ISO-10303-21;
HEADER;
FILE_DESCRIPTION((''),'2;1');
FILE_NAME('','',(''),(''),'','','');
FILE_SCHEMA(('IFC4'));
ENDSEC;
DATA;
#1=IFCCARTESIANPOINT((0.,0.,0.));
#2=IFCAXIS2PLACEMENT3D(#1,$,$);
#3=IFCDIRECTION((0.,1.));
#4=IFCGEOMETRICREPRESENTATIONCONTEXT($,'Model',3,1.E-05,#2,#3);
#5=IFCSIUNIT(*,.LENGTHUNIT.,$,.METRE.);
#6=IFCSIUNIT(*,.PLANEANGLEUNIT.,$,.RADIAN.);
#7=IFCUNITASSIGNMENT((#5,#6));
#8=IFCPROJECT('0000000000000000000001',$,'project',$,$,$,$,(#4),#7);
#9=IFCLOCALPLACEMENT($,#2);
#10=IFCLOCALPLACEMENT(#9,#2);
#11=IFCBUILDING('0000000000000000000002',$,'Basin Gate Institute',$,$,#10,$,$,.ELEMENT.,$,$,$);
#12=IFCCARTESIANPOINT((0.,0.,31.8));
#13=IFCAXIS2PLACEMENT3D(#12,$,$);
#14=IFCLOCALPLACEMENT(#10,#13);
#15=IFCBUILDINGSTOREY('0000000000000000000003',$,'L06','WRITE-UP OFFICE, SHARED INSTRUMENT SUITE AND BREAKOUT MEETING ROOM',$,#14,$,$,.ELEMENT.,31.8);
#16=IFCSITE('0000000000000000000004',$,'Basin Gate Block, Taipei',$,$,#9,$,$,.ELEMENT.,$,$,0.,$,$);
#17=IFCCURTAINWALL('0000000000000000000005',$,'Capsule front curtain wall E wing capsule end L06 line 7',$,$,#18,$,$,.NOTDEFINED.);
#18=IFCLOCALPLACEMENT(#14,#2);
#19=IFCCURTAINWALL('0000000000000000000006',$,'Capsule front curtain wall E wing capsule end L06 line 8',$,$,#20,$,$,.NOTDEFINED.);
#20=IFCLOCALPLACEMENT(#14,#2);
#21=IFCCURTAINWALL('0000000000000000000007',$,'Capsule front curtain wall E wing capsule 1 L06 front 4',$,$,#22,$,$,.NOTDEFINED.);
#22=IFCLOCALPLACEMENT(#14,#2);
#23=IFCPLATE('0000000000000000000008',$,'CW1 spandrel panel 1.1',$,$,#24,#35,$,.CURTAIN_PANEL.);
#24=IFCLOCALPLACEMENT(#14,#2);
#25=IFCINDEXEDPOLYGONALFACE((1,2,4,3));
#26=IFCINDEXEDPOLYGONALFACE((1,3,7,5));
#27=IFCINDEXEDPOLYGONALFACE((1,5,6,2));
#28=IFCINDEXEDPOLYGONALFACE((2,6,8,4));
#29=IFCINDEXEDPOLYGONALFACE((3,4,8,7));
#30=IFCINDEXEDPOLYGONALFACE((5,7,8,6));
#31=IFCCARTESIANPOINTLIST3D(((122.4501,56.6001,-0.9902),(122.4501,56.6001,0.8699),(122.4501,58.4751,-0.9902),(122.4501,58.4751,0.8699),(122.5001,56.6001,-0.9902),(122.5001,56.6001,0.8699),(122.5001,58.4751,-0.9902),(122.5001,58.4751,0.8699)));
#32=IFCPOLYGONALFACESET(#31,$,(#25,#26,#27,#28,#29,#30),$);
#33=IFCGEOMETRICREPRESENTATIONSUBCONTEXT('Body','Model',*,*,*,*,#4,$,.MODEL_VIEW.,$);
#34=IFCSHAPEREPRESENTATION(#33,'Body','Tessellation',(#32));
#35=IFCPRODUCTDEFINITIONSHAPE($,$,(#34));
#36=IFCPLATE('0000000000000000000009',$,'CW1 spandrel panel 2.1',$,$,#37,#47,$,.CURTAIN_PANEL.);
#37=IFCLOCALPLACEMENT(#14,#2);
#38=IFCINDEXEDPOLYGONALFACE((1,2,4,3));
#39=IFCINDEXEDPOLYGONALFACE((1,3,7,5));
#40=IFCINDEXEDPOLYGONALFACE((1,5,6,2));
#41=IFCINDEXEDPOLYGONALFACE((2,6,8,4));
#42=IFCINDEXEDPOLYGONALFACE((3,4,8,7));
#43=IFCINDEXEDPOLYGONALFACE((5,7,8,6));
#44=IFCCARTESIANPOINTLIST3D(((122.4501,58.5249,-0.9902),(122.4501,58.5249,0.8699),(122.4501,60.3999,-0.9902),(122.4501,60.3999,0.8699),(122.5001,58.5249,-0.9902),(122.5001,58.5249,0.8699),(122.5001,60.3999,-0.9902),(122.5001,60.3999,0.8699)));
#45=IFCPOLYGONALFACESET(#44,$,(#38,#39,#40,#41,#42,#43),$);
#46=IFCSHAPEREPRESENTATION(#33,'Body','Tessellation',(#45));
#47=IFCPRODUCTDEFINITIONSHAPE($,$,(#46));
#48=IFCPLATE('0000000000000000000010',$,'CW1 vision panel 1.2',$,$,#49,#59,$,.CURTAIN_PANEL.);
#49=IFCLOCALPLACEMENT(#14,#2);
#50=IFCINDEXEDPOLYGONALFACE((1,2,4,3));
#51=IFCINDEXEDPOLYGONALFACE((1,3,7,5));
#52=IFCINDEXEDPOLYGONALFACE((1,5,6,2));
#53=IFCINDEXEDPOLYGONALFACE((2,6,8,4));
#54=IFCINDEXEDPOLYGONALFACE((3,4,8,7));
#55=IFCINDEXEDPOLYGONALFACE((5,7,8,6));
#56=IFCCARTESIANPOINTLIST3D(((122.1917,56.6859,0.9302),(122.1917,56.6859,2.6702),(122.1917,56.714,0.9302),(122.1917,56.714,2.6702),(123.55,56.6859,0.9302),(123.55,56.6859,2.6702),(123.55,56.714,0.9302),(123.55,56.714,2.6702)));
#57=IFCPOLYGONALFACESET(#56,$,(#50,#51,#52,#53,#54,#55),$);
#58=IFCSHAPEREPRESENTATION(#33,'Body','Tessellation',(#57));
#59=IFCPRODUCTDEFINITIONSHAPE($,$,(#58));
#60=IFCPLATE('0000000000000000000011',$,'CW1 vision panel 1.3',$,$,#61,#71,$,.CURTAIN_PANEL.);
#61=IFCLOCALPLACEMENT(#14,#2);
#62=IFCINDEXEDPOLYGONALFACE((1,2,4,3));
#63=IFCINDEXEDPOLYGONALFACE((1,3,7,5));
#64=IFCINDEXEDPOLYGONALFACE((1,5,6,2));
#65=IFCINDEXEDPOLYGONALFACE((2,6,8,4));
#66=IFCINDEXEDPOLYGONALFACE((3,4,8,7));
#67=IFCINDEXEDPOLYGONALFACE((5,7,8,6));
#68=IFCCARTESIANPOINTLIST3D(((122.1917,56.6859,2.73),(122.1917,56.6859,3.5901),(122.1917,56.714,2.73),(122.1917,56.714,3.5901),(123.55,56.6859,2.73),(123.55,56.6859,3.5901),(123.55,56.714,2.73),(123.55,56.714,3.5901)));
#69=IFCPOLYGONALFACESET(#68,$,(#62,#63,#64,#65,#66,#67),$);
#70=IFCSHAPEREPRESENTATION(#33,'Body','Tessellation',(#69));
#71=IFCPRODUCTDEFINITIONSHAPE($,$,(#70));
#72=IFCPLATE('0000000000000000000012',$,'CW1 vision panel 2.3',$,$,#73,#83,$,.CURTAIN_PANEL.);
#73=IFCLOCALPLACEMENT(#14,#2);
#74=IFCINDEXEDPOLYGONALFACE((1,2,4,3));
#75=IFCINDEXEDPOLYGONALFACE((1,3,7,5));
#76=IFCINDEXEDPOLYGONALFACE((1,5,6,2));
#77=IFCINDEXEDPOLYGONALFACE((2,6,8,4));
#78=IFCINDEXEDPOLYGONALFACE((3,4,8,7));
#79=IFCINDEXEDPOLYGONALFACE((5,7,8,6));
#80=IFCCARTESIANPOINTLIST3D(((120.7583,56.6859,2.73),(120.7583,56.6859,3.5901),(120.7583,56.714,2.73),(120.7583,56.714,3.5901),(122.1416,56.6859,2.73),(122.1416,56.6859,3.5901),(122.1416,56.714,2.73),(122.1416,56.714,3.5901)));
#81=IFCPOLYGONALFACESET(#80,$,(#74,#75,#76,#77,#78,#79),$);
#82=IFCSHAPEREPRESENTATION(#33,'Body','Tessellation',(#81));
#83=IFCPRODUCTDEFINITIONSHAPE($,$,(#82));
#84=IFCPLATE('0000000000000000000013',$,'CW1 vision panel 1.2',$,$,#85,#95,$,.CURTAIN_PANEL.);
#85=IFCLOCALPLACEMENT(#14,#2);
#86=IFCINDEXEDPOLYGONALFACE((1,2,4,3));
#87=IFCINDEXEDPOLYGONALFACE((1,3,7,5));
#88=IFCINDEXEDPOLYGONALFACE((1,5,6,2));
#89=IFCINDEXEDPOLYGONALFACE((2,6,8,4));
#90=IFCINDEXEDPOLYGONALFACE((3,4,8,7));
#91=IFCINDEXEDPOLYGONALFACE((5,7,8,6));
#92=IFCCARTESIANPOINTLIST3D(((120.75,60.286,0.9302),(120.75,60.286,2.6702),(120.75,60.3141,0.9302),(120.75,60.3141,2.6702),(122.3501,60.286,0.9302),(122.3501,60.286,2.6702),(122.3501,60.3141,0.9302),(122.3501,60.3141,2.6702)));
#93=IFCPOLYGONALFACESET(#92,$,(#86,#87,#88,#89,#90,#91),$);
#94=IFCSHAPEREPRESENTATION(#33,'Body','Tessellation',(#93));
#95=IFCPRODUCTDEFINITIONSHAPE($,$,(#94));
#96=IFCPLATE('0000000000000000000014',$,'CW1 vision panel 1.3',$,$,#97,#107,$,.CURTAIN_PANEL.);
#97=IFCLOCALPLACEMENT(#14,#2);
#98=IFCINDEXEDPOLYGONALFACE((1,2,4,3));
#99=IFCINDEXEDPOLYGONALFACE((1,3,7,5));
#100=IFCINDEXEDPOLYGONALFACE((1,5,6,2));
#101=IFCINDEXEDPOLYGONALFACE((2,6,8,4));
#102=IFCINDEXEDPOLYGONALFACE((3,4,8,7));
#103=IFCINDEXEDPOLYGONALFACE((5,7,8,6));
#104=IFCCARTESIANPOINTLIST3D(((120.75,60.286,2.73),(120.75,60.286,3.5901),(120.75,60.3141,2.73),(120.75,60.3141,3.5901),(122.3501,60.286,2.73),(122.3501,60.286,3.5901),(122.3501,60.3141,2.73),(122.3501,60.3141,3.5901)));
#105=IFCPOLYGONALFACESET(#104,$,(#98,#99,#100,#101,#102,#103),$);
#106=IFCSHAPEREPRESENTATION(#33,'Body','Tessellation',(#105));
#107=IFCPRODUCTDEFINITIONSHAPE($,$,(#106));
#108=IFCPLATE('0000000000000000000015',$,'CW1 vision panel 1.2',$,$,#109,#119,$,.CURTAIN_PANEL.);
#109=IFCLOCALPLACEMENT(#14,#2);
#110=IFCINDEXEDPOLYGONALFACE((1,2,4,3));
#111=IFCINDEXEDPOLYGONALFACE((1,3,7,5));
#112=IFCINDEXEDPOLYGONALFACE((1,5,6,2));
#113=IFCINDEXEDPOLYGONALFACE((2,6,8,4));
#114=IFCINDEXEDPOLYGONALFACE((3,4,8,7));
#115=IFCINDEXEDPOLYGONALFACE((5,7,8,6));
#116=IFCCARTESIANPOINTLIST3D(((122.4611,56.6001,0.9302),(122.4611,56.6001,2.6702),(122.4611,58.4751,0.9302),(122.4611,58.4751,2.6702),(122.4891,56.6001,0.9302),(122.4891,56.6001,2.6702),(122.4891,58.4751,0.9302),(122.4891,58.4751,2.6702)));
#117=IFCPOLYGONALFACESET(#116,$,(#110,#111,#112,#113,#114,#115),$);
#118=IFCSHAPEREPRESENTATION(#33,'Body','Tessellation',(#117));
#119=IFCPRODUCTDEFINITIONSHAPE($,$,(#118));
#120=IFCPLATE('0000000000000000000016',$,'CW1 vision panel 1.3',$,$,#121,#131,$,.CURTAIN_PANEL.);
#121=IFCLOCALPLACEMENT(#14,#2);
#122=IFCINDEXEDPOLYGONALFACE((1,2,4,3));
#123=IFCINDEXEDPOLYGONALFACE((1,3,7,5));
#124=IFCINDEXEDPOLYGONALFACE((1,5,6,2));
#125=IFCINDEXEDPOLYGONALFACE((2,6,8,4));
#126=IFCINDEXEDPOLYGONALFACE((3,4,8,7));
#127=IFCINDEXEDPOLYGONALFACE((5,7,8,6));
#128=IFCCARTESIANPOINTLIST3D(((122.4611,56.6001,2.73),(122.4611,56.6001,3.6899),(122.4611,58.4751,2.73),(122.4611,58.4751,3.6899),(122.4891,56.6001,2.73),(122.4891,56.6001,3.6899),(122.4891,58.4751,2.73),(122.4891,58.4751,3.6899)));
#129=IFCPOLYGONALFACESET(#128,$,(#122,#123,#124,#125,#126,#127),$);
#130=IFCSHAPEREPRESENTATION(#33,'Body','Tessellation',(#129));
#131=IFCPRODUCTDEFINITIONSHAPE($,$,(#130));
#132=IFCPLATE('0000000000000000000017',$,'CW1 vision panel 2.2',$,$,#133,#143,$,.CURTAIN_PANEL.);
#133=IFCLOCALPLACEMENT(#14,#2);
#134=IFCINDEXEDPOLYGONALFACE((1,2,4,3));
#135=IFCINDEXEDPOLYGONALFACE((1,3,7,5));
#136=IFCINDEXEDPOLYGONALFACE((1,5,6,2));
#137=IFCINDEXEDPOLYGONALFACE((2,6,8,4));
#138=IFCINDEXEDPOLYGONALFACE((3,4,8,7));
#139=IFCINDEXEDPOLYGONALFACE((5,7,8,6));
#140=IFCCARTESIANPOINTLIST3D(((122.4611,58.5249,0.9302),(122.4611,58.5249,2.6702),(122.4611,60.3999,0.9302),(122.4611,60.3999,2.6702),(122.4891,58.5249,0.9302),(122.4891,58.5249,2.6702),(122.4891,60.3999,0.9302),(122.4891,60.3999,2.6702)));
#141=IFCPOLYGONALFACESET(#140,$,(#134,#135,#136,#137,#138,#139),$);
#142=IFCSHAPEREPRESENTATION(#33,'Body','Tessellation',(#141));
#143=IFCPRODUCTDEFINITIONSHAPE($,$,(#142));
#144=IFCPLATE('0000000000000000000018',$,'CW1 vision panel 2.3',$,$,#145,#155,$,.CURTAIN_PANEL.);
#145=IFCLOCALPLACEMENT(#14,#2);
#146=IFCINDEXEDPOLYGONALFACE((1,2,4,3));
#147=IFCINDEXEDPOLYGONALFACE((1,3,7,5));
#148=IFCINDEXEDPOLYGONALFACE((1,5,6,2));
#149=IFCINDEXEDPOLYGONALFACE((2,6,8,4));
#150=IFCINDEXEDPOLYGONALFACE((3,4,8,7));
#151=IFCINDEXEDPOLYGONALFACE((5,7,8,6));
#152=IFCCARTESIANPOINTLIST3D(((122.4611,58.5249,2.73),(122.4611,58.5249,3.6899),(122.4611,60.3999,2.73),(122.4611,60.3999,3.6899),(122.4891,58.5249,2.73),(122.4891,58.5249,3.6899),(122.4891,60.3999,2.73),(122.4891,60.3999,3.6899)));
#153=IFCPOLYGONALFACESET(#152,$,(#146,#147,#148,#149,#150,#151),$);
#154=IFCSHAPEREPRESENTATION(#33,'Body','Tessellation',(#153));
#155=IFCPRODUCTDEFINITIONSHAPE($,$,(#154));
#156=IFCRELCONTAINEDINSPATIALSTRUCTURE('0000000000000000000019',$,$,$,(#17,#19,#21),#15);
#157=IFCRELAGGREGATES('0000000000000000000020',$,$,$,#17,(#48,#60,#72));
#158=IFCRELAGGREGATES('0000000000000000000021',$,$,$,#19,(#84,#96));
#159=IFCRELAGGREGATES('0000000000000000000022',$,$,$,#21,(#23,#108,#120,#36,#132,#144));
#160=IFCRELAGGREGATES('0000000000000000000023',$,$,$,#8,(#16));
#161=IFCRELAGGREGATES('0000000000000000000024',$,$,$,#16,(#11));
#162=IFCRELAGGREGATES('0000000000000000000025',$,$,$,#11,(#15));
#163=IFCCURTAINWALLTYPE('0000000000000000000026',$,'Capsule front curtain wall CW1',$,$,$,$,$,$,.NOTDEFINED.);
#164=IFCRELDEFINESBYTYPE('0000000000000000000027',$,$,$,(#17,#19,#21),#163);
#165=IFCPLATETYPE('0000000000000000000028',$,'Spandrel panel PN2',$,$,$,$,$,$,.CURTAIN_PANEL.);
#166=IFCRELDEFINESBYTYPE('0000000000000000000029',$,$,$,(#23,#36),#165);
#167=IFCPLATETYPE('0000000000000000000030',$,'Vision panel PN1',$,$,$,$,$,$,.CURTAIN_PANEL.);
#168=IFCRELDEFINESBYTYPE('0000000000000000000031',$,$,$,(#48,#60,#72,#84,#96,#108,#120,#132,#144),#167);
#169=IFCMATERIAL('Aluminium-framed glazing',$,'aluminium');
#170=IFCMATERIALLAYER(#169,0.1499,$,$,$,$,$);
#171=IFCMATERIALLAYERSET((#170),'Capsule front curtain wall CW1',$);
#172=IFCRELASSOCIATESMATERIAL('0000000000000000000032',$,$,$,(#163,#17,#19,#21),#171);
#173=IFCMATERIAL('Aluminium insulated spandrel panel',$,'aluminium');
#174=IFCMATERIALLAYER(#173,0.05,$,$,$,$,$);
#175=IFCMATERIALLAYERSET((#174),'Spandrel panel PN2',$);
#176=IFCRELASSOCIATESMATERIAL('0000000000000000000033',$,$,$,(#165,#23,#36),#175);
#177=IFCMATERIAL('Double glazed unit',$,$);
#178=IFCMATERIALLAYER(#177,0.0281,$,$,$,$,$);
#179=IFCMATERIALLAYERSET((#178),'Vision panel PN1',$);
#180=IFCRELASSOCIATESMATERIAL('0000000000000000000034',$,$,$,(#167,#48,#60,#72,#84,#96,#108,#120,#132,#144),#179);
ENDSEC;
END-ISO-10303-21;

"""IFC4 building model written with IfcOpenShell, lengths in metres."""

from ifc_helpers import new_model, si_unit, direction, frame, origin, origin_2d, place, context, subcontext, project, spatial, rectangle, extrude, material, layer, layer_set, type_object, element, aggregate, save


model = new_model("IFC4")

# Units and contexts
model_context = context("Model", 3, precision=1e-05, world=origin(), true_north=direction((0.0, 1.0)))
body_context = subcontext(model_context, "Body", "Model", "MODEL_VIEW")
ifc_project = project(units=[si_unit("LENGTHUNIT", "METRE"), si_unit("PLANEANGLEUNIT", "RADIAN")], contexts=[model_context])

# Site, building, storey
site_placement = place(None, origin())
site = spatial("IfcSite", under=ifc_project, at=site_placement, Name="Basin Gate Block, Taipei", CompositionType="ELEMENT", RefElevation=0.0)
building_placement = place(site_placement, origin())
building = spatial("IfcBuilding", under=site, at=building_placement, Name="Basin Gate Institute", CompositionType="ELEMENT")
storey_placement = place(building_placement, frame((0.0, 0.0, 31.8)))
storey = spatial("IfcBuildingStorey", under=building, at=storey_placement, Name="L06", Description="WRITE-UP OFFICE, SHARED INSTRUMENT SUITE AND BREAKOUT MEETING ROOM", CompositionType="ELEMENT", Elevation=31.8)

# Curtain walls
ifc_material_1 = material(Name="Aluminium-framed glazing", Category="aluminium")
ifc_layer_1 = layer(ifc_material_1, 0.1499)
ifc_layer_set_1 = layer_set([ifc_layer_1], Name="Capsule front curtain wall CW1")
curtain_wall_type = type_object("IfcCurtainWallType", Name="Capsule front curtain wall CW1", PredefinedType="NOTDEFINED", material=ifc_layer_set_1)
curtain_wall_1_placement = place(storey_placement, origin())
curtain_wall_1 = element("IfcCurtainWall", 1, at=curtain_wall_1_placement, inside=storey, type_object=curtain_wall_type, material=ifc_layer_set_1, Name="Capsule front curtain wall E wing capsule end L06 line 7", PredefinedType="NOTDEFINED")
curtain_wall_2_placement = place(storey_placement, origin())
curtain_wall_2 = element("IfcCurtainWall", 2, at=curtain_wall_2_placement, inside=storey, type_object=curtain_wall_type, material=ifc_layer_set_1, Name="Capsule front curtain wall E wing capsule end L06 line 8", PredefinedType="NOTDEFINED")

# Curtain wall
curtain_wall_3_placement = place(storey_placement, origin())
curtain_wall_3 = element("IfcCurtainWall", 3, at=curtain_wall_3_placement, inside=storey, type_object=curtain_wall_type, material=ifc_layer_set_1, Name="Capsule front curtain wall E wing capsule 1 L06 front 4", PredefinedType="NOTDEFINED")

# Plates
ifc_material_2 = material(Name="Aluminium insulated spandrel panel", Category="aluminium")
ifc_layer_2 = layer(ifc_material_2, 0.05)
ifc_layer_set_2 = layer_set([ifc_layer_2], Name="Spandrel panel PN2")
plate_type_1 = type_object("IfcPlateType", Name="Spandrel panel PN2", PredefinedType="CURTAIN_PANEL", material=ifc_layer_set_2)
plate_1_placement = place(storey_placement, frame((122.4751, 57.5376, -0.9902), z_axis=(0.0, 0.0, 1.0), x_axis=(0.0, 1.0, 0.0)))
plate_1 = element("IfcPlate", 4, at=plate_1_placement, type_object=plate_type_1, material=ifc_layer_set_2, Name="CW1 spandrel panel 1.1", PredefinedType="CURTAIN_PANEL", context=body_context, shape_type="SweptSolid", body=[
    extrude(rectangle(XDim=1.875, YDim=0.05, at=origin_2d()), origin(), (0.0, 0.0, 1.0), 1.8601),
])
plate_2_placement = place(storey_placement, frame((122.4751, 59.4624, -0.9902), z_axis=(0.0, 0.0, 1.0), x_axis=(0.0, 1.0, 0.0)))
plate_2 = element("IfcPlate", 5, at=plate_2_placement, type_object=plate_type_1, material=ifc_layer_set_2, Name="CW1 spandrel panel 2.1", PredefinedType="CURTAIN_PANEL", context=body_context, shape_type="SweptSolid", body=[
    extrude(rectangle(XDim=1.875, YDim=0.05, at=origin_2d()), origin(), (0.0, 0.0, 1.0), 1.8601),
])
ifc_material_3 = material(Name="Double glazed unit")
ifc_layer_3 = layer(ifc_material_3, 0.0281)
ifc_layer_set_3 = layer_set([ifc_layer_3], Name="Vision panel PN1")
plate_type_2 = type_object("IfcPlateType", Name="Vision panel PN1", PredefinedType="CURTAIN_PANEL", material=ifc_layer_set_3)
plate_3_placement = place(storey_placement, frame((122.8708, 56.7, 0.9302), z_axis=(0.0, 0.0, 1.0), x_axis=(-1.0, 0.0, 0.0)))
plate_3 = element("IfcPlate", 6, at=plate_3_placement, type_object=plate_type_2, material=ifc_layer_set_3, Name="CW1 vision panel 1.2", PredefinedType="CURTAIN_PANEL", context=body_context, shape_type="SweptSolid", body=[
    extrude(rectangle(XDim=1.3584, YDim=0.0281, at=origin_2d()), origin(), (0.0, 0.0, 1.0), 1.74),
])
plate_4_placement = place(storey_placement, frame((122.8708, 56.7, 2.73), z_axis=(0.0, 0.0, 1.0), x_axis=(-1.0, 0.0, 0.0)))
plate_4 = element("IfcPlate", 7, at=plate_4_placement, type_object=plate_type_2, material=ifc_layer_set_3, Name="CW1 vision panel 1.3", PredefinedType="CURTAIN_PANEL", context=body_context, shape_type="SweptSolid", body=[
    extrude(rectangle(XDim=1.3584, YDim=0.0281, at=origin_2d()), origin(), (0.0, 0.0, 1.0), 0.8601),
])
plate_5_placement = place(storey_placement, frame((121.45, 56.7, 2.73), z_axis=(0.0, 0.0, 1.0), x_axis=(-1.0, 0.0, 0.0)))
plate_5 = element("IfcPlate", 8, at=plate_5_placement, type_object=plate_type_2, material=ifc_layer_set_3, Name="CW1 vision panel 2.3", PredefinedType="CURTAIN_PANEL", context=body_context, shape_type="SweptSolid", body=[
    extrude(rectangle(XDim=1.3833, YDim=0.0281, at=origin_2d()), origin(), (0.0, 0.0, 1.0), 0.8601),
])
aggregate(curtain_wall_1, [plate_3, plate_4, plate_5])
plate_6_placement = place(storey_placement, frame((121.55, 60.3, 0.9302), z_axis=(0.0, 0.0, 1.0), x_axis=(-1.0, 0.0, 0.0)))
plate_6 = element("IfcPlate", 9, at=plate_6_placement, type_object=plate_type_2, material=ifc_layer_set_3, Name="CW1 vision panel 1.2", PredefinedType="CURTAIN_PANEL", context=body_context, shape_type="SweptSolid", body=[
    extrude(rectangle(XDim=1.6001, YDim=0.0281, at=origin_2d()), origin(), (0.0, 0.0, 1.0), 1.74),
])
plate_7_placement = place(storey_placement, frame((121.55, 60.3, 2.73), z_axis=(0.0, 0.0, 1.0), x_axis=(-1.0, 0.0, 0.0)))
plate_7 = element("IfcPlate", 10, at=plate_7_placement, type_object=plate_type_2, material=ifc_layer_set_3, Name="CW1 vision panel 1.3", PredefinedType="CURTAIN_PANEL", context=body_context, shape_type="SweptSolid", body=[
    extrude(rectangle(XDim=1.6001, YDim=0.0281, at=origin_2d()), origin(), (0.0, 0.0, 1.0), 0.8601),
])
aggregate(curtain_wall_2, [plate_6, plate_7])
plate_8_placement = place(storey_placement, frame((122.4751, 57.5376, 0.9302), z_axis=(0.0, 0.0, 1.0), x_axis=(0.0, 1.0, 0.0)))
plate_8 = element("IfcPlate", 11, at=plate_8_placement, type_object=plate_type_2, material=ifc_layer_set_3, Name="CW1 vision panel 1.2", PredefinedType="CURTAIN_PANEL", context=body_context, shape_type="SweptSolid", body=[
    extrude(rectangle(XDim=1.875, YDim=0.0281, at=origin_2d()), origin(), (0.0, 0.0, 1.0), 1.74),
])
plate_9_placement = place(storey_placement, frame((122.4751, 57.5376, 2.73), z_axis=(0.0, 0.0, 1.0), x_axis=(0.0, 1.0, 0.0)))
plate_9 = element("IfcPlate", 12, at=plate_9_placement, type_object=plate_type_2, material=ifc_layer_set_3, Name="CW1 vision panel 1.3", PredefinedType="CURTAIN_PANEL", context=body_context, shape_type="SweptSolid", body=[
    extrude(rectangle(XDim=1.875, YDim=0.0281, at=origin_2d()), origin(), (0.0, 0.0, 1.0), 0.96),
])
plate_10_placement = place(storey_placement, frame((122.4751, 59.4624, 0.9302), z_axis=(0.0, 0.0, 1.0), x_axis=(0.0, 1.0, 0.0)))
plate_10 = element("IfcPlate", 13, at=plate_10_placement, type_object=plate_type_2, material=ifc_layer_set_3, Name="CW1 vision panel 2.2", PredefinedType="CURTAIN_PANEL", context=body_context, shape_type="SweptSolid", body=[
    extrude(rectangle(XDim=1.875, YDim=0.0281, at=origin_2d()), origin(), (0.0, 0.0, 1.0), 1.74),
])
plate_11_placement = place(storey_placement, frame((122.4751, 59.4624, 2.73), z_axis=(0.0, 0.0, 1.0), x_axis=(0.0, 1.0, 0.0)))
plate_11 = element("IfcPlate", 14, at=plate_11_placement, type_object=plate_type_2, material=ifc_layer_set_3, Name="CW1 vision panel 2.3", PredefinedType="CURTAIN_PANEL", context=body_context, shape_type="SweptSolid", body=[
    extrude(rectangle(XDim=1.875, YDim=0.0281, at=origin_2d()), origin(), (0.0, 0.0, 1.0), 0.96),
])
aggregate(curtain_wall_3, [plate_1, plate_8, plate_9, plate_2, plate_10, plate_11])

save(model, "model.ifc")
